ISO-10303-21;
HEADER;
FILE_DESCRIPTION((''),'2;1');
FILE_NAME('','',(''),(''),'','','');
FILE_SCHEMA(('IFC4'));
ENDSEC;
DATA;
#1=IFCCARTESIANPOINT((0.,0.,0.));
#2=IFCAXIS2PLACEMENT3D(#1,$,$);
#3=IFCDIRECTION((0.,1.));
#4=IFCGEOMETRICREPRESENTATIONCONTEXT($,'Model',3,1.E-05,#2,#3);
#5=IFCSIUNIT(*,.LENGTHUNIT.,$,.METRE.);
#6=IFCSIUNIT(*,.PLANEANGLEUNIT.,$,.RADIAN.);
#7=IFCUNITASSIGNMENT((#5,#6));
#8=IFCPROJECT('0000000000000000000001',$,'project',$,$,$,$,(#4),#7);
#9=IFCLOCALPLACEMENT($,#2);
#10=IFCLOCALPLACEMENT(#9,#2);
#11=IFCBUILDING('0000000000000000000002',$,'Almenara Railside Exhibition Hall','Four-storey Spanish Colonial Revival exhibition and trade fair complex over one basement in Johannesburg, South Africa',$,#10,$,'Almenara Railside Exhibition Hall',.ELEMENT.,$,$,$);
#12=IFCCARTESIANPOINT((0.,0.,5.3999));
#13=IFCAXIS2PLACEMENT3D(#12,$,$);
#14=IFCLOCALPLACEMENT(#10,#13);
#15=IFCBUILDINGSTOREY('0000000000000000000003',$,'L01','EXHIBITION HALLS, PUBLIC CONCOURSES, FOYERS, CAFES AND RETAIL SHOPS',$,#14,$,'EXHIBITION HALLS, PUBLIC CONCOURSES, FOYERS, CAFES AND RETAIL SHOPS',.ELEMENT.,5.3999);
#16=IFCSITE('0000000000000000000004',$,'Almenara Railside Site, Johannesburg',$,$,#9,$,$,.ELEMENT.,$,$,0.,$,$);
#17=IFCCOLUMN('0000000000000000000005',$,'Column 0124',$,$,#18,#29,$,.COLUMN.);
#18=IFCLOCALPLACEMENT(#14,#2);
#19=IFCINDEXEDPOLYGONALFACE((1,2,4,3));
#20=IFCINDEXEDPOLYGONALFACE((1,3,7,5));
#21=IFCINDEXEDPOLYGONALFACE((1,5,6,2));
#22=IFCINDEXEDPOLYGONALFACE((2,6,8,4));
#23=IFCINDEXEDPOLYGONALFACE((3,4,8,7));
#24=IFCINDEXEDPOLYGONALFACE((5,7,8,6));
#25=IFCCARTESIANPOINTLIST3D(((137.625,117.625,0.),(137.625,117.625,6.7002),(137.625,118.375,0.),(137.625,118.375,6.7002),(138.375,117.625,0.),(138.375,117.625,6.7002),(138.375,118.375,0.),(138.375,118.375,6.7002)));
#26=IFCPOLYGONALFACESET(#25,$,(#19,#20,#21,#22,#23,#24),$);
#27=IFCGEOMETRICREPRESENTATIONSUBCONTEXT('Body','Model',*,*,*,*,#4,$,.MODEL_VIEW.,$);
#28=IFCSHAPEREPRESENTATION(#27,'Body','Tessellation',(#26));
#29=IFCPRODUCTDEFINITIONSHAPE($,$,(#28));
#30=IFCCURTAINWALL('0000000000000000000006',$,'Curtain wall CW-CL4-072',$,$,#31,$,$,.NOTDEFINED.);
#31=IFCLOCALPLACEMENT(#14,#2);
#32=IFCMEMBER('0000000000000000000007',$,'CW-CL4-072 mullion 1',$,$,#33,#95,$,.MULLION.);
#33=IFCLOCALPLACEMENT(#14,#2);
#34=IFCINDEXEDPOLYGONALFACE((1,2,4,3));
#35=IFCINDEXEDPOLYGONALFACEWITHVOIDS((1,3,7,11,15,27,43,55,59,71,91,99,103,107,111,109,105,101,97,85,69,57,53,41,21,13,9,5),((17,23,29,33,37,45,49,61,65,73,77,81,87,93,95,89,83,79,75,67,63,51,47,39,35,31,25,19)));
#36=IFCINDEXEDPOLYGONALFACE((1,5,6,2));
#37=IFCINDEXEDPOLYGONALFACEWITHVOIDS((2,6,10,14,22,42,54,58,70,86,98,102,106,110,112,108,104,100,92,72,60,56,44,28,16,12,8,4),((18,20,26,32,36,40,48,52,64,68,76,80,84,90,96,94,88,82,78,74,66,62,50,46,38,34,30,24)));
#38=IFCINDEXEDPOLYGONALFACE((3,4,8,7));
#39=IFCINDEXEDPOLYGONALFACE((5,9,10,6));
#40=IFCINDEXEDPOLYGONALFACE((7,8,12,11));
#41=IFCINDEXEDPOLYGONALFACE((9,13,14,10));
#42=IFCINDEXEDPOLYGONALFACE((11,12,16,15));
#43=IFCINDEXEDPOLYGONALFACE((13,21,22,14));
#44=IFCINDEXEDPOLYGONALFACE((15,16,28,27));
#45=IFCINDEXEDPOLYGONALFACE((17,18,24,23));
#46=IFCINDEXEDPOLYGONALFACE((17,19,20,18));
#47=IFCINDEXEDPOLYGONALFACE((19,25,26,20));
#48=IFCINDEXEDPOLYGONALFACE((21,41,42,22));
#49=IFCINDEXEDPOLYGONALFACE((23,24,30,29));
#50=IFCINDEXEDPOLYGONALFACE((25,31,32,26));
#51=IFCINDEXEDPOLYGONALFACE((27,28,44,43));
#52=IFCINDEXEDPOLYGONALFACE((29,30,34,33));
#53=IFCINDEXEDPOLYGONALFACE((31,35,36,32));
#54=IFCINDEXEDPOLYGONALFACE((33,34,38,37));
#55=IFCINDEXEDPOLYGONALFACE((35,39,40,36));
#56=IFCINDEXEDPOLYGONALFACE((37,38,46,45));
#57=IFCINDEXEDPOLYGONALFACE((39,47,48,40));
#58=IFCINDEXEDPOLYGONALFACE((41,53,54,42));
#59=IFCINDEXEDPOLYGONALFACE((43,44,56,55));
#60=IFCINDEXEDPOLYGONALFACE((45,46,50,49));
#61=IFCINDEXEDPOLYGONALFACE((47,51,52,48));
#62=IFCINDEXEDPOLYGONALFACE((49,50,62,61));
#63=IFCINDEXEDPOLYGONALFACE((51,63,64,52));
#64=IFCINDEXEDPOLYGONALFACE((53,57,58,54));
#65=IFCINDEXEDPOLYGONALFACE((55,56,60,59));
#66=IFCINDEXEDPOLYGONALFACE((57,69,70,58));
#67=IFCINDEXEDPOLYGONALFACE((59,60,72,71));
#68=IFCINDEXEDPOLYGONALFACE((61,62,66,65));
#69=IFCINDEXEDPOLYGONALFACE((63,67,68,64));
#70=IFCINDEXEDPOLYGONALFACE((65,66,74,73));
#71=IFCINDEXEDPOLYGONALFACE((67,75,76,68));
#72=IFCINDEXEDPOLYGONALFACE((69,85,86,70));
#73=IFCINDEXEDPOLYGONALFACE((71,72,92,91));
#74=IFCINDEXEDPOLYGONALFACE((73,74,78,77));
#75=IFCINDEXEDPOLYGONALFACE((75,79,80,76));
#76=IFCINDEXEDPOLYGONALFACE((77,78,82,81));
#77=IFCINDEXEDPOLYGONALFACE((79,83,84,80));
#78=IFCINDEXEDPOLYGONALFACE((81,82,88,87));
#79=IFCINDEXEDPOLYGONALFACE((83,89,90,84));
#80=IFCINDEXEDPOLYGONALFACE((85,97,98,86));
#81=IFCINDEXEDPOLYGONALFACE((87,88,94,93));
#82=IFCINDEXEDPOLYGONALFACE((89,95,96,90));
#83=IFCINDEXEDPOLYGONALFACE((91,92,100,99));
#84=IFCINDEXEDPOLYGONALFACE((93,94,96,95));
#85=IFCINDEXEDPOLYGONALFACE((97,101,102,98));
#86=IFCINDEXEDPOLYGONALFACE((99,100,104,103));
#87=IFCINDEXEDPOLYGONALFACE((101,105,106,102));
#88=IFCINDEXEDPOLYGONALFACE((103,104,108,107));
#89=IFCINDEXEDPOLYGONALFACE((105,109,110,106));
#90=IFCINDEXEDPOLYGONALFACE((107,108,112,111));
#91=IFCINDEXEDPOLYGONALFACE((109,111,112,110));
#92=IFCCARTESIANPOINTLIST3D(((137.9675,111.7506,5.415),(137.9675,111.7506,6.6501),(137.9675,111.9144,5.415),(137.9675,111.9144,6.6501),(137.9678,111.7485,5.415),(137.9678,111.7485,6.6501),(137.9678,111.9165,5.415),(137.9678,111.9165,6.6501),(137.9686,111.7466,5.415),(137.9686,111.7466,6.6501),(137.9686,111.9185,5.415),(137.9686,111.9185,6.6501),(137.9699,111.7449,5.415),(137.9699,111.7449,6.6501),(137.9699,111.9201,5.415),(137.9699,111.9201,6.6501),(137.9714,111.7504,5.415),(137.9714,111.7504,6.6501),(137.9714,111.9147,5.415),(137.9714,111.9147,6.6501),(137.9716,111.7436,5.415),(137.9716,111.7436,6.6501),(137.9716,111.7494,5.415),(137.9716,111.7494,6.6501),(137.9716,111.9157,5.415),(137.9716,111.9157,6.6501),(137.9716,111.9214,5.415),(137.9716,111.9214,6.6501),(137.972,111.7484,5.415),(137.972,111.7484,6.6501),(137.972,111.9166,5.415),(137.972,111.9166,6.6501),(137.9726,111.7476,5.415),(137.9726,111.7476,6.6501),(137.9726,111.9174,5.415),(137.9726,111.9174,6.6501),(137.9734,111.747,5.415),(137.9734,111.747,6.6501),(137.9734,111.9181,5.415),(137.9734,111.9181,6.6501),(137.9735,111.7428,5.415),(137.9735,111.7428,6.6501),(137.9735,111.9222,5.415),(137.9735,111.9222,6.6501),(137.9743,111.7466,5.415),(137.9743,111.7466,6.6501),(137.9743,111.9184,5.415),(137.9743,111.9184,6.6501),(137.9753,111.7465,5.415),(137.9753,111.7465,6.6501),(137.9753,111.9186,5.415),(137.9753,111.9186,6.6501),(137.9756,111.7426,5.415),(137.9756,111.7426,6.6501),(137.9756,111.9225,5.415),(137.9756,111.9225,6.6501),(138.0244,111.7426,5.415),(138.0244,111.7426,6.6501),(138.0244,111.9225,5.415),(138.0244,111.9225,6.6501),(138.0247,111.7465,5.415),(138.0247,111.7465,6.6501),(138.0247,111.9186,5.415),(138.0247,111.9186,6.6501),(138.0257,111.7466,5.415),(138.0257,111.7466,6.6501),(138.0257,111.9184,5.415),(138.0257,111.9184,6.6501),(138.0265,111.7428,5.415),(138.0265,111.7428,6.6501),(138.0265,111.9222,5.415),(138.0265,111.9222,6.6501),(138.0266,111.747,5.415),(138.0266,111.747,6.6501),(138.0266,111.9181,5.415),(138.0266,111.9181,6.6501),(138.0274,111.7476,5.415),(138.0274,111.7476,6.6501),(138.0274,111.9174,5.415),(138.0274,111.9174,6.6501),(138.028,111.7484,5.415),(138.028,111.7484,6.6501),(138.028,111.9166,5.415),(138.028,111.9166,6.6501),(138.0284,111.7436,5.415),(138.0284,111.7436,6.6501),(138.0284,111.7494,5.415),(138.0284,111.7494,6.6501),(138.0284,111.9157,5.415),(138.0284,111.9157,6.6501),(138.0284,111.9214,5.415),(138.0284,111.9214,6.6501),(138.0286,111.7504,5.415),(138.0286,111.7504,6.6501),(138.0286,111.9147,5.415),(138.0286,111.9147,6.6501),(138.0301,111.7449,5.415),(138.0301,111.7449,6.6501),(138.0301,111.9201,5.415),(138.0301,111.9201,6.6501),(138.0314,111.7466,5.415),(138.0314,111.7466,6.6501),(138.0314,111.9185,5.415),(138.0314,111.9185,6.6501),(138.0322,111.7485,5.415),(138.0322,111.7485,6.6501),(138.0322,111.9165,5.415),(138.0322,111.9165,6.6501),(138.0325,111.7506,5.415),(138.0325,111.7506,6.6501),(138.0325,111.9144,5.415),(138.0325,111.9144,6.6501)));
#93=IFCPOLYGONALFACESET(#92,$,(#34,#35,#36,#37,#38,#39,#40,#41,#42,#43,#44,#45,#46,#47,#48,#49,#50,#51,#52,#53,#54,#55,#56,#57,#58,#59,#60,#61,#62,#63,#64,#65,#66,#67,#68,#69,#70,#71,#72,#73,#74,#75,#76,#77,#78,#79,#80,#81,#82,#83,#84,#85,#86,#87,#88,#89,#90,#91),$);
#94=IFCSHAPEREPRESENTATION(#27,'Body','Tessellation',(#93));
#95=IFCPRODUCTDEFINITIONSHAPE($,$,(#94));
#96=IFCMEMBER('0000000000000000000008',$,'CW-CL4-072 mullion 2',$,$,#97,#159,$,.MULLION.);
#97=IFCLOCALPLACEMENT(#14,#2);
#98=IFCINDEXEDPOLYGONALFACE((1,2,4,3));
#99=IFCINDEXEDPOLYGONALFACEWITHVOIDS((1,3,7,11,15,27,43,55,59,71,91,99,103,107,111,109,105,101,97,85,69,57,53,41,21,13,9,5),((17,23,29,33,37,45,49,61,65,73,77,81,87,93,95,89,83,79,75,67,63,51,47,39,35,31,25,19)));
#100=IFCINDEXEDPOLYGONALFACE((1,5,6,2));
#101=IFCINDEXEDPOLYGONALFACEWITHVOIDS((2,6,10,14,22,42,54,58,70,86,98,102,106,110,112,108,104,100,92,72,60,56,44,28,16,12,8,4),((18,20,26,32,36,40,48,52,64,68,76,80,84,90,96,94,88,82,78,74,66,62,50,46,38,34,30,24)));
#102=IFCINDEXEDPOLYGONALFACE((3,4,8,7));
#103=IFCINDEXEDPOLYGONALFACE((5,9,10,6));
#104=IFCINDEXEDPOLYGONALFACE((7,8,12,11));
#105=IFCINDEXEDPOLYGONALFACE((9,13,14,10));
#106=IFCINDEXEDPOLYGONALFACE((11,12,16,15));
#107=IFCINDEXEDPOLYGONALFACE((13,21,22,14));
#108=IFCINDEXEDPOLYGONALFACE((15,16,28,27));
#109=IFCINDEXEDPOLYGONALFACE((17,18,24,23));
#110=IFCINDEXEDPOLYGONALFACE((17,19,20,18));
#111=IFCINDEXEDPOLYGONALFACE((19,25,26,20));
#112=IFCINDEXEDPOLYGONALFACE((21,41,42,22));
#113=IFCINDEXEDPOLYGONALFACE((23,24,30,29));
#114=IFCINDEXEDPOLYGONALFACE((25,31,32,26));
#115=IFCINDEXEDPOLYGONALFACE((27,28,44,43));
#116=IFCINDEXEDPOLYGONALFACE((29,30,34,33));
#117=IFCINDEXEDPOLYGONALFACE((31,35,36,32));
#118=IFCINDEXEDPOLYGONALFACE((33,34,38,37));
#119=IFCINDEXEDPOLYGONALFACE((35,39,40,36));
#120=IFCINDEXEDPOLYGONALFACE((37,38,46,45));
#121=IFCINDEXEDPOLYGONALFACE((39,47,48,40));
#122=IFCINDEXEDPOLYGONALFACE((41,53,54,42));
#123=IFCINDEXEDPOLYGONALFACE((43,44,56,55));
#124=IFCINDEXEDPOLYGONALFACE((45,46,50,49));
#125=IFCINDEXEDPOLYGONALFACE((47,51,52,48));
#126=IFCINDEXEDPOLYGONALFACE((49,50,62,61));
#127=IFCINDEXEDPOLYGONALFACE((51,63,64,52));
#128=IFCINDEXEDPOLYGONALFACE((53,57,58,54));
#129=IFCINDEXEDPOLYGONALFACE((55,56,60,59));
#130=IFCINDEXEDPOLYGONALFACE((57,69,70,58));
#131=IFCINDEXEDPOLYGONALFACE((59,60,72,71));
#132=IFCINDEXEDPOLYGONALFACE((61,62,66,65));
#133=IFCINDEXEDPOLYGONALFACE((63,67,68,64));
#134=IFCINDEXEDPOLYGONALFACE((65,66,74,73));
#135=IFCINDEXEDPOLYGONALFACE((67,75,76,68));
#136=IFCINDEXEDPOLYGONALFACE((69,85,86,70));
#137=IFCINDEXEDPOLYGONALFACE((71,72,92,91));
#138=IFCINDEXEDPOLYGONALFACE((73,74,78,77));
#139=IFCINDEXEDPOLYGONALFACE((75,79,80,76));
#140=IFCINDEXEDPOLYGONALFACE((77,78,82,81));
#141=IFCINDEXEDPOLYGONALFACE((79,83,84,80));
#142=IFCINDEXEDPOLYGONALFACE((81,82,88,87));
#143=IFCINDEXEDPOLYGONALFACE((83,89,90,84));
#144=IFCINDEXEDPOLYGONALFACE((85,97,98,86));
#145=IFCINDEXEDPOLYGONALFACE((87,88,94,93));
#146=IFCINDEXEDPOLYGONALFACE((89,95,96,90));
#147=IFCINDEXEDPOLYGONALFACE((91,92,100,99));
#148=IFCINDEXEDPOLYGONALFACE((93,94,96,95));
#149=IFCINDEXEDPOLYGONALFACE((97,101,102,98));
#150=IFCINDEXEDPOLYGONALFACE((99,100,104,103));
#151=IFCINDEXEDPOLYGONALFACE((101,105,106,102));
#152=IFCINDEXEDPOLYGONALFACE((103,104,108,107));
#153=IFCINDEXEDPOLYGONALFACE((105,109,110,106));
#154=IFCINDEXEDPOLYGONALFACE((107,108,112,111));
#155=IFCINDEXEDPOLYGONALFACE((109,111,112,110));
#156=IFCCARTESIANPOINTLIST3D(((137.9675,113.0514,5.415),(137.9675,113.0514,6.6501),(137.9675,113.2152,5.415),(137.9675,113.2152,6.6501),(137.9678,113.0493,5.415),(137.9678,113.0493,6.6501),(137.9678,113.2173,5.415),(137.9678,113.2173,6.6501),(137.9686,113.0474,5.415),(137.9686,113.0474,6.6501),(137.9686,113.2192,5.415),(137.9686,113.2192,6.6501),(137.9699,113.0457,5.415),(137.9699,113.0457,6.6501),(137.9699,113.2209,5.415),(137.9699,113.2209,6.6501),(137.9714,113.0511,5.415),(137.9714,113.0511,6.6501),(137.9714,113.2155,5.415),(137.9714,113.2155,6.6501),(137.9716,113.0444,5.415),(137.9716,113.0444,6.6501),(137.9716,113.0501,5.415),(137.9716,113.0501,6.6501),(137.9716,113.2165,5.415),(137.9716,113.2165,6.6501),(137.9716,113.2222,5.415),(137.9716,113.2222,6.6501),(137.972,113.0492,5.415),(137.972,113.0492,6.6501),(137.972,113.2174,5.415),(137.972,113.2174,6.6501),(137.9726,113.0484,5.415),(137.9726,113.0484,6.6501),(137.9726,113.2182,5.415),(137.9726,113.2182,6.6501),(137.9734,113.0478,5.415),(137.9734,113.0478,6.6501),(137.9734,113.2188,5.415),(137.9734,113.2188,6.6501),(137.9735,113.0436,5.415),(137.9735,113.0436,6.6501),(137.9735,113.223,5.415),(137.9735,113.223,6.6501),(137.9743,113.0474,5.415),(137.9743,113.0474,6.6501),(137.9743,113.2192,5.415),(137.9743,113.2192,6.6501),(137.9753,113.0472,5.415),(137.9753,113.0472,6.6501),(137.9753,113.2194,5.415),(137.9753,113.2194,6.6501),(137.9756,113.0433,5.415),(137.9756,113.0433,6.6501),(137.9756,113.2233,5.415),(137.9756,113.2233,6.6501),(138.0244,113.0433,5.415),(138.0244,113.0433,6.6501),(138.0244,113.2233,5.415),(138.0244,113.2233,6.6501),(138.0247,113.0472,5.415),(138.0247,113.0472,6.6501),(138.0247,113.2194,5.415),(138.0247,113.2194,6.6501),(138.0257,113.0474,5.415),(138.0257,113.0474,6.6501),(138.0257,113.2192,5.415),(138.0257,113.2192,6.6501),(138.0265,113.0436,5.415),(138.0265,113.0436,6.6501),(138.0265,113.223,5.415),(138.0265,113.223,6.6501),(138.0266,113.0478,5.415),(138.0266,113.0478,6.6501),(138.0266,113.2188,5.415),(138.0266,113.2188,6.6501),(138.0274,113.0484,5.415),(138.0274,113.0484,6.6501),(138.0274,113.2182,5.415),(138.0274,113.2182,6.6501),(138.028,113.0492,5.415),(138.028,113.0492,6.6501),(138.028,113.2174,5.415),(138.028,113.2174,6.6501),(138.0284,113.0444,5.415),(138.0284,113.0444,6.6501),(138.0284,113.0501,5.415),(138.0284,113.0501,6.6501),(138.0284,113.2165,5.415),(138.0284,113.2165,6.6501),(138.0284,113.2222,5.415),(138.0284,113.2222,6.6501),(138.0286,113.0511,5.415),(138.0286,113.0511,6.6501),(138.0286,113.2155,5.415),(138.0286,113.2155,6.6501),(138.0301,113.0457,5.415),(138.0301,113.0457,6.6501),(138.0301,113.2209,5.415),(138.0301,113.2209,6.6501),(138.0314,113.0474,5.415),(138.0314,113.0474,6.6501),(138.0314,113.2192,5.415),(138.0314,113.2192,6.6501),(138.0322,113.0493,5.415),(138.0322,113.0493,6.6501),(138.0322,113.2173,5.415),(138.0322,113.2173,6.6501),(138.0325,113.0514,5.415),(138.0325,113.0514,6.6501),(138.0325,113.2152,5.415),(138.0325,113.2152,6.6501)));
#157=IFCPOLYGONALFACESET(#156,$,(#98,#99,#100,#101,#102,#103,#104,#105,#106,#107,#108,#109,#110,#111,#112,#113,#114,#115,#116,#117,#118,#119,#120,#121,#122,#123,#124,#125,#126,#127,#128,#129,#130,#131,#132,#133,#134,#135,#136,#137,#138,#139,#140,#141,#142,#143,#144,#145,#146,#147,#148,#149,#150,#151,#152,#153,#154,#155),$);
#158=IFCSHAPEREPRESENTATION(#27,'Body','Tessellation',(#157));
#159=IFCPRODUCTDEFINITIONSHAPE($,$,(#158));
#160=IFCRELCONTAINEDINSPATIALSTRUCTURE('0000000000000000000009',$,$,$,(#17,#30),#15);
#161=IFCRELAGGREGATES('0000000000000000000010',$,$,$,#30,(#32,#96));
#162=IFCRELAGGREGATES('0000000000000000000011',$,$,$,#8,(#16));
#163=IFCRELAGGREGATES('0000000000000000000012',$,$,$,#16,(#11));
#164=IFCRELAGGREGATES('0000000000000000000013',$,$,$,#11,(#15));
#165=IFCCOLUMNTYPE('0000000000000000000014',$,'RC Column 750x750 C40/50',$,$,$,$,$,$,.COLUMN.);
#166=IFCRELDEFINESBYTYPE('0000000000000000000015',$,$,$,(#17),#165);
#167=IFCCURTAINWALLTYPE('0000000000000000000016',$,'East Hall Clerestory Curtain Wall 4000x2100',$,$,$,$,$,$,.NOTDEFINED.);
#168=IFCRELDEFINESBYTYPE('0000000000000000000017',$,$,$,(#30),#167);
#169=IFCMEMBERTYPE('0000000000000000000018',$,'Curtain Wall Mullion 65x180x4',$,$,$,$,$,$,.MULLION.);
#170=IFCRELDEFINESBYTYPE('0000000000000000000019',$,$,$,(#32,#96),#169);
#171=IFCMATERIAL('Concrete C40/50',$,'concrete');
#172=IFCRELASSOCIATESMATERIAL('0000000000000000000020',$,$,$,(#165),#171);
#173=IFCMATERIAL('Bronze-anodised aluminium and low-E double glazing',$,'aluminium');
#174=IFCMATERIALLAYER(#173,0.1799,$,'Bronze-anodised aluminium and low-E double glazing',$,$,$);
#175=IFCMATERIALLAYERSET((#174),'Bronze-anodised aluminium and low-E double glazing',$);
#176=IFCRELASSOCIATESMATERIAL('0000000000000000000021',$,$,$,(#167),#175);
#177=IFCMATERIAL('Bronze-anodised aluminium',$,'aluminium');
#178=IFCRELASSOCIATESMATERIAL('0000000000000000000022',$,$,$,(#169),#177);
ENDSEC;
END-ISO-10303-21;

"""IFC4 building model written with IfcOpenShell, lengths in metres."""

from ifc_helpers import new_model, si_unit, direction, frame, origin, origin_2d, place, context, subcontext, project, spatial, rectangle, hollow_rectangle, extrude, material, layer, layer_set, material_profile, profile_set, type_object, element, aggregate, save


model = new_model("IFC4")

# Units and contexts
model_context = context("Model", 3, precision=1e-05, world=origin(), true_north=direction((0.0, 1.0)))
body_context = subcontext(model_context, "Body", "Model", "MODEL_VIEW")
ifc_project = project(units=[si_unit("LENGTHUNIT", "METRE"), si_unit("PLANEANGLEUNIT", "RADIAN")], contexts=[model_context])

# Site, building, storey
site_placement = place(None, origin())
site = spatial("IfcSite", under=ifc_project, at=site_placement, Name="Almenara Railside Site, Johannesburg", CompositionType="ELEMENT", RefElevation=0.0)
building_placement = place(site_placement, origin())
building = spatial("IfcBuilding", under=site, at=building_placement, Name="Almenara Railside Exhibition Hall", Description="Four-storey Spanish Colonial Revival exhibition and trade fair complex over one basement in Johannesburg, South Africa", LongName="Almenara Railside Exhibition Hall", CompositionType="ELEMENT")
storey_placement = place(building_placement, frame((0.0, 0.0, 5.3999)))
storey = spatial("IfcBuildingStorey", under=building, at=storey_placement, Name="L01", Description="EXHIBITION HALLS, PUBLIC CONCOURSES, FOYERS, CAFES AND RETAIL SHOPS", LongName="EXHIBITION HALLS, PUBLIC CONCOURSES, FOYERS, CAFES AND RETAIL SHOPS", CompositionType="ELEMENT", Elevation=5.3999)

# Column
ifc_material_1 = material(Name="Concrete C40/50", Category="concrete")
ifc_material_profile_1 = material_profile(ifc_material_1, rectangle(XDim=0.75, YDim=0.75, at=origin_2d()), Name="RC 750x750")
ifc_profile_set_1 = profile_set([ifc_material_profile_1], Name="Concrete C40/50")
column_type = type_object("IfcColumnType", Name="RC Column 750x750 C40/50", PredefinedType="COLUMN", material=ifc_profile_set_1)
column_placement = place(storey_placement, frame((138.0, 118.0, 0.0), z_axis=(0.0, 0.0, 1.0), x_axis=(1.0, 0.0, 0.0)))
element("IfcColumn", 1, at=column_placement, inside=storey, type_object=column_type, Name="Column 0124", PredefinedType="COLUMN", context=body_context, shape_type="SweptSolid", body=[
    extrude(rectangle(XDim=0.75, YDim=0.75, at=origin_2d()), origin(), (0.0, 0.0, 1.0), 6.7002),
])

# Curtain wall, members
ifc_material_2 = material(Name="Bronze-anodised aluminium and low-E double glazing", Category="aluminium")
ifc_layer_1 = layer(ifc_material_2, 0.1799, Name="Bronze-anodised aluminium and low-E double glazing")
ifc_layer_set_1 = layer_set([ifc_layer_1], Name="Bronze-anodised aluminium and low-E double glazing")
curtain_wall_type = type_object("IfcCurtainWallType", Name="East Hall Clerestory Curtain Wall 4000x2100", PredefinedType="NOTDEFINED", material=ifc_layer_set_1)
curtain_wall_1_placement = place(storey_placement, origin())
curtain_wall_1 = element("IfcCurtainWall", 2, at=curtain_wall_1_placement, inside=storey, type_object=curtain_wall_type, Name="Curtain wall CW-CL4-072", PredefinedType="NOTDEFINED")
ifc_material_3 = material(Name="Bronze-anodised aluminium", Category="aluminium")
ifc_material_profile_2 = material_profile(ifc_material_3, hollow_rectangle(XDim=0.0649, YDim=0.1799, WallThickness=0.0039, InnerFilletRadius=0.0039, OuterFilletRadius=0.0081, at=origin_2d()), Name="ALU-MUL 65x180x4")
ifc_profile_set_2 = profile_set([ifc_material_profile_2], Name="Bronze-anodised aluminium")
member_type_1 = type_object("IfcMemberType", Name="Curtain Wall Mullion 65x180x4", PredefinedType="MULLION", material=ifc_profile_set_2)
member_1_placement = place(storey_placement, frame((138.0, 111.8325, 5.415), z_axis=(0.0, 0.0, 1.0), x_axis=(-1.0, 0.0, 0.0)))
member_1 = element("IfcMember", 3, at=member_1_placement, type_object=member_type_1, Name="CW-CL4-072 mullion 1", PredefinedType="MULLION", context=body_context, shape_type="SweptSolid", body=[
    extrude(hollow_rectangle(XDim=0.0649, YDim=0.1799, WallThickness=0.0039, InnerFilletRadius=0.0039, OuterFilletRadius=0.0081, at=origin_2d()), origin(), (0.0, 0.0, 1.0), 1.2351),
])
member_2_placement = place(storey_placement, frame((138.0, 113.1333, 5.415), z_axis=(0.0, 0.0, 1.0), x_axis=(-1.0, 0.0, 0.0)))
member_2 = element("IfcMember", 4, at=member_2_placement, type_object=member_type_1, Name="CW-CL4-072 mullion 2", PredefinedType="MULLION", context=body_context, shape_type="SweptSolid", body=[
    extrude(hollow_rectangle(XDim=0.0649, YDim=0.1799, WallThickness=0.0039, InnerFilletRadius=0.0039, OuterFilletRadius=0.0081, at=origin_2d()), origin(), (0.0, 0.0, 1.0), 1.2351),
])

aggregate(curtain_wall_1, [member_1, member_2])

save(model, "model.ifc")
